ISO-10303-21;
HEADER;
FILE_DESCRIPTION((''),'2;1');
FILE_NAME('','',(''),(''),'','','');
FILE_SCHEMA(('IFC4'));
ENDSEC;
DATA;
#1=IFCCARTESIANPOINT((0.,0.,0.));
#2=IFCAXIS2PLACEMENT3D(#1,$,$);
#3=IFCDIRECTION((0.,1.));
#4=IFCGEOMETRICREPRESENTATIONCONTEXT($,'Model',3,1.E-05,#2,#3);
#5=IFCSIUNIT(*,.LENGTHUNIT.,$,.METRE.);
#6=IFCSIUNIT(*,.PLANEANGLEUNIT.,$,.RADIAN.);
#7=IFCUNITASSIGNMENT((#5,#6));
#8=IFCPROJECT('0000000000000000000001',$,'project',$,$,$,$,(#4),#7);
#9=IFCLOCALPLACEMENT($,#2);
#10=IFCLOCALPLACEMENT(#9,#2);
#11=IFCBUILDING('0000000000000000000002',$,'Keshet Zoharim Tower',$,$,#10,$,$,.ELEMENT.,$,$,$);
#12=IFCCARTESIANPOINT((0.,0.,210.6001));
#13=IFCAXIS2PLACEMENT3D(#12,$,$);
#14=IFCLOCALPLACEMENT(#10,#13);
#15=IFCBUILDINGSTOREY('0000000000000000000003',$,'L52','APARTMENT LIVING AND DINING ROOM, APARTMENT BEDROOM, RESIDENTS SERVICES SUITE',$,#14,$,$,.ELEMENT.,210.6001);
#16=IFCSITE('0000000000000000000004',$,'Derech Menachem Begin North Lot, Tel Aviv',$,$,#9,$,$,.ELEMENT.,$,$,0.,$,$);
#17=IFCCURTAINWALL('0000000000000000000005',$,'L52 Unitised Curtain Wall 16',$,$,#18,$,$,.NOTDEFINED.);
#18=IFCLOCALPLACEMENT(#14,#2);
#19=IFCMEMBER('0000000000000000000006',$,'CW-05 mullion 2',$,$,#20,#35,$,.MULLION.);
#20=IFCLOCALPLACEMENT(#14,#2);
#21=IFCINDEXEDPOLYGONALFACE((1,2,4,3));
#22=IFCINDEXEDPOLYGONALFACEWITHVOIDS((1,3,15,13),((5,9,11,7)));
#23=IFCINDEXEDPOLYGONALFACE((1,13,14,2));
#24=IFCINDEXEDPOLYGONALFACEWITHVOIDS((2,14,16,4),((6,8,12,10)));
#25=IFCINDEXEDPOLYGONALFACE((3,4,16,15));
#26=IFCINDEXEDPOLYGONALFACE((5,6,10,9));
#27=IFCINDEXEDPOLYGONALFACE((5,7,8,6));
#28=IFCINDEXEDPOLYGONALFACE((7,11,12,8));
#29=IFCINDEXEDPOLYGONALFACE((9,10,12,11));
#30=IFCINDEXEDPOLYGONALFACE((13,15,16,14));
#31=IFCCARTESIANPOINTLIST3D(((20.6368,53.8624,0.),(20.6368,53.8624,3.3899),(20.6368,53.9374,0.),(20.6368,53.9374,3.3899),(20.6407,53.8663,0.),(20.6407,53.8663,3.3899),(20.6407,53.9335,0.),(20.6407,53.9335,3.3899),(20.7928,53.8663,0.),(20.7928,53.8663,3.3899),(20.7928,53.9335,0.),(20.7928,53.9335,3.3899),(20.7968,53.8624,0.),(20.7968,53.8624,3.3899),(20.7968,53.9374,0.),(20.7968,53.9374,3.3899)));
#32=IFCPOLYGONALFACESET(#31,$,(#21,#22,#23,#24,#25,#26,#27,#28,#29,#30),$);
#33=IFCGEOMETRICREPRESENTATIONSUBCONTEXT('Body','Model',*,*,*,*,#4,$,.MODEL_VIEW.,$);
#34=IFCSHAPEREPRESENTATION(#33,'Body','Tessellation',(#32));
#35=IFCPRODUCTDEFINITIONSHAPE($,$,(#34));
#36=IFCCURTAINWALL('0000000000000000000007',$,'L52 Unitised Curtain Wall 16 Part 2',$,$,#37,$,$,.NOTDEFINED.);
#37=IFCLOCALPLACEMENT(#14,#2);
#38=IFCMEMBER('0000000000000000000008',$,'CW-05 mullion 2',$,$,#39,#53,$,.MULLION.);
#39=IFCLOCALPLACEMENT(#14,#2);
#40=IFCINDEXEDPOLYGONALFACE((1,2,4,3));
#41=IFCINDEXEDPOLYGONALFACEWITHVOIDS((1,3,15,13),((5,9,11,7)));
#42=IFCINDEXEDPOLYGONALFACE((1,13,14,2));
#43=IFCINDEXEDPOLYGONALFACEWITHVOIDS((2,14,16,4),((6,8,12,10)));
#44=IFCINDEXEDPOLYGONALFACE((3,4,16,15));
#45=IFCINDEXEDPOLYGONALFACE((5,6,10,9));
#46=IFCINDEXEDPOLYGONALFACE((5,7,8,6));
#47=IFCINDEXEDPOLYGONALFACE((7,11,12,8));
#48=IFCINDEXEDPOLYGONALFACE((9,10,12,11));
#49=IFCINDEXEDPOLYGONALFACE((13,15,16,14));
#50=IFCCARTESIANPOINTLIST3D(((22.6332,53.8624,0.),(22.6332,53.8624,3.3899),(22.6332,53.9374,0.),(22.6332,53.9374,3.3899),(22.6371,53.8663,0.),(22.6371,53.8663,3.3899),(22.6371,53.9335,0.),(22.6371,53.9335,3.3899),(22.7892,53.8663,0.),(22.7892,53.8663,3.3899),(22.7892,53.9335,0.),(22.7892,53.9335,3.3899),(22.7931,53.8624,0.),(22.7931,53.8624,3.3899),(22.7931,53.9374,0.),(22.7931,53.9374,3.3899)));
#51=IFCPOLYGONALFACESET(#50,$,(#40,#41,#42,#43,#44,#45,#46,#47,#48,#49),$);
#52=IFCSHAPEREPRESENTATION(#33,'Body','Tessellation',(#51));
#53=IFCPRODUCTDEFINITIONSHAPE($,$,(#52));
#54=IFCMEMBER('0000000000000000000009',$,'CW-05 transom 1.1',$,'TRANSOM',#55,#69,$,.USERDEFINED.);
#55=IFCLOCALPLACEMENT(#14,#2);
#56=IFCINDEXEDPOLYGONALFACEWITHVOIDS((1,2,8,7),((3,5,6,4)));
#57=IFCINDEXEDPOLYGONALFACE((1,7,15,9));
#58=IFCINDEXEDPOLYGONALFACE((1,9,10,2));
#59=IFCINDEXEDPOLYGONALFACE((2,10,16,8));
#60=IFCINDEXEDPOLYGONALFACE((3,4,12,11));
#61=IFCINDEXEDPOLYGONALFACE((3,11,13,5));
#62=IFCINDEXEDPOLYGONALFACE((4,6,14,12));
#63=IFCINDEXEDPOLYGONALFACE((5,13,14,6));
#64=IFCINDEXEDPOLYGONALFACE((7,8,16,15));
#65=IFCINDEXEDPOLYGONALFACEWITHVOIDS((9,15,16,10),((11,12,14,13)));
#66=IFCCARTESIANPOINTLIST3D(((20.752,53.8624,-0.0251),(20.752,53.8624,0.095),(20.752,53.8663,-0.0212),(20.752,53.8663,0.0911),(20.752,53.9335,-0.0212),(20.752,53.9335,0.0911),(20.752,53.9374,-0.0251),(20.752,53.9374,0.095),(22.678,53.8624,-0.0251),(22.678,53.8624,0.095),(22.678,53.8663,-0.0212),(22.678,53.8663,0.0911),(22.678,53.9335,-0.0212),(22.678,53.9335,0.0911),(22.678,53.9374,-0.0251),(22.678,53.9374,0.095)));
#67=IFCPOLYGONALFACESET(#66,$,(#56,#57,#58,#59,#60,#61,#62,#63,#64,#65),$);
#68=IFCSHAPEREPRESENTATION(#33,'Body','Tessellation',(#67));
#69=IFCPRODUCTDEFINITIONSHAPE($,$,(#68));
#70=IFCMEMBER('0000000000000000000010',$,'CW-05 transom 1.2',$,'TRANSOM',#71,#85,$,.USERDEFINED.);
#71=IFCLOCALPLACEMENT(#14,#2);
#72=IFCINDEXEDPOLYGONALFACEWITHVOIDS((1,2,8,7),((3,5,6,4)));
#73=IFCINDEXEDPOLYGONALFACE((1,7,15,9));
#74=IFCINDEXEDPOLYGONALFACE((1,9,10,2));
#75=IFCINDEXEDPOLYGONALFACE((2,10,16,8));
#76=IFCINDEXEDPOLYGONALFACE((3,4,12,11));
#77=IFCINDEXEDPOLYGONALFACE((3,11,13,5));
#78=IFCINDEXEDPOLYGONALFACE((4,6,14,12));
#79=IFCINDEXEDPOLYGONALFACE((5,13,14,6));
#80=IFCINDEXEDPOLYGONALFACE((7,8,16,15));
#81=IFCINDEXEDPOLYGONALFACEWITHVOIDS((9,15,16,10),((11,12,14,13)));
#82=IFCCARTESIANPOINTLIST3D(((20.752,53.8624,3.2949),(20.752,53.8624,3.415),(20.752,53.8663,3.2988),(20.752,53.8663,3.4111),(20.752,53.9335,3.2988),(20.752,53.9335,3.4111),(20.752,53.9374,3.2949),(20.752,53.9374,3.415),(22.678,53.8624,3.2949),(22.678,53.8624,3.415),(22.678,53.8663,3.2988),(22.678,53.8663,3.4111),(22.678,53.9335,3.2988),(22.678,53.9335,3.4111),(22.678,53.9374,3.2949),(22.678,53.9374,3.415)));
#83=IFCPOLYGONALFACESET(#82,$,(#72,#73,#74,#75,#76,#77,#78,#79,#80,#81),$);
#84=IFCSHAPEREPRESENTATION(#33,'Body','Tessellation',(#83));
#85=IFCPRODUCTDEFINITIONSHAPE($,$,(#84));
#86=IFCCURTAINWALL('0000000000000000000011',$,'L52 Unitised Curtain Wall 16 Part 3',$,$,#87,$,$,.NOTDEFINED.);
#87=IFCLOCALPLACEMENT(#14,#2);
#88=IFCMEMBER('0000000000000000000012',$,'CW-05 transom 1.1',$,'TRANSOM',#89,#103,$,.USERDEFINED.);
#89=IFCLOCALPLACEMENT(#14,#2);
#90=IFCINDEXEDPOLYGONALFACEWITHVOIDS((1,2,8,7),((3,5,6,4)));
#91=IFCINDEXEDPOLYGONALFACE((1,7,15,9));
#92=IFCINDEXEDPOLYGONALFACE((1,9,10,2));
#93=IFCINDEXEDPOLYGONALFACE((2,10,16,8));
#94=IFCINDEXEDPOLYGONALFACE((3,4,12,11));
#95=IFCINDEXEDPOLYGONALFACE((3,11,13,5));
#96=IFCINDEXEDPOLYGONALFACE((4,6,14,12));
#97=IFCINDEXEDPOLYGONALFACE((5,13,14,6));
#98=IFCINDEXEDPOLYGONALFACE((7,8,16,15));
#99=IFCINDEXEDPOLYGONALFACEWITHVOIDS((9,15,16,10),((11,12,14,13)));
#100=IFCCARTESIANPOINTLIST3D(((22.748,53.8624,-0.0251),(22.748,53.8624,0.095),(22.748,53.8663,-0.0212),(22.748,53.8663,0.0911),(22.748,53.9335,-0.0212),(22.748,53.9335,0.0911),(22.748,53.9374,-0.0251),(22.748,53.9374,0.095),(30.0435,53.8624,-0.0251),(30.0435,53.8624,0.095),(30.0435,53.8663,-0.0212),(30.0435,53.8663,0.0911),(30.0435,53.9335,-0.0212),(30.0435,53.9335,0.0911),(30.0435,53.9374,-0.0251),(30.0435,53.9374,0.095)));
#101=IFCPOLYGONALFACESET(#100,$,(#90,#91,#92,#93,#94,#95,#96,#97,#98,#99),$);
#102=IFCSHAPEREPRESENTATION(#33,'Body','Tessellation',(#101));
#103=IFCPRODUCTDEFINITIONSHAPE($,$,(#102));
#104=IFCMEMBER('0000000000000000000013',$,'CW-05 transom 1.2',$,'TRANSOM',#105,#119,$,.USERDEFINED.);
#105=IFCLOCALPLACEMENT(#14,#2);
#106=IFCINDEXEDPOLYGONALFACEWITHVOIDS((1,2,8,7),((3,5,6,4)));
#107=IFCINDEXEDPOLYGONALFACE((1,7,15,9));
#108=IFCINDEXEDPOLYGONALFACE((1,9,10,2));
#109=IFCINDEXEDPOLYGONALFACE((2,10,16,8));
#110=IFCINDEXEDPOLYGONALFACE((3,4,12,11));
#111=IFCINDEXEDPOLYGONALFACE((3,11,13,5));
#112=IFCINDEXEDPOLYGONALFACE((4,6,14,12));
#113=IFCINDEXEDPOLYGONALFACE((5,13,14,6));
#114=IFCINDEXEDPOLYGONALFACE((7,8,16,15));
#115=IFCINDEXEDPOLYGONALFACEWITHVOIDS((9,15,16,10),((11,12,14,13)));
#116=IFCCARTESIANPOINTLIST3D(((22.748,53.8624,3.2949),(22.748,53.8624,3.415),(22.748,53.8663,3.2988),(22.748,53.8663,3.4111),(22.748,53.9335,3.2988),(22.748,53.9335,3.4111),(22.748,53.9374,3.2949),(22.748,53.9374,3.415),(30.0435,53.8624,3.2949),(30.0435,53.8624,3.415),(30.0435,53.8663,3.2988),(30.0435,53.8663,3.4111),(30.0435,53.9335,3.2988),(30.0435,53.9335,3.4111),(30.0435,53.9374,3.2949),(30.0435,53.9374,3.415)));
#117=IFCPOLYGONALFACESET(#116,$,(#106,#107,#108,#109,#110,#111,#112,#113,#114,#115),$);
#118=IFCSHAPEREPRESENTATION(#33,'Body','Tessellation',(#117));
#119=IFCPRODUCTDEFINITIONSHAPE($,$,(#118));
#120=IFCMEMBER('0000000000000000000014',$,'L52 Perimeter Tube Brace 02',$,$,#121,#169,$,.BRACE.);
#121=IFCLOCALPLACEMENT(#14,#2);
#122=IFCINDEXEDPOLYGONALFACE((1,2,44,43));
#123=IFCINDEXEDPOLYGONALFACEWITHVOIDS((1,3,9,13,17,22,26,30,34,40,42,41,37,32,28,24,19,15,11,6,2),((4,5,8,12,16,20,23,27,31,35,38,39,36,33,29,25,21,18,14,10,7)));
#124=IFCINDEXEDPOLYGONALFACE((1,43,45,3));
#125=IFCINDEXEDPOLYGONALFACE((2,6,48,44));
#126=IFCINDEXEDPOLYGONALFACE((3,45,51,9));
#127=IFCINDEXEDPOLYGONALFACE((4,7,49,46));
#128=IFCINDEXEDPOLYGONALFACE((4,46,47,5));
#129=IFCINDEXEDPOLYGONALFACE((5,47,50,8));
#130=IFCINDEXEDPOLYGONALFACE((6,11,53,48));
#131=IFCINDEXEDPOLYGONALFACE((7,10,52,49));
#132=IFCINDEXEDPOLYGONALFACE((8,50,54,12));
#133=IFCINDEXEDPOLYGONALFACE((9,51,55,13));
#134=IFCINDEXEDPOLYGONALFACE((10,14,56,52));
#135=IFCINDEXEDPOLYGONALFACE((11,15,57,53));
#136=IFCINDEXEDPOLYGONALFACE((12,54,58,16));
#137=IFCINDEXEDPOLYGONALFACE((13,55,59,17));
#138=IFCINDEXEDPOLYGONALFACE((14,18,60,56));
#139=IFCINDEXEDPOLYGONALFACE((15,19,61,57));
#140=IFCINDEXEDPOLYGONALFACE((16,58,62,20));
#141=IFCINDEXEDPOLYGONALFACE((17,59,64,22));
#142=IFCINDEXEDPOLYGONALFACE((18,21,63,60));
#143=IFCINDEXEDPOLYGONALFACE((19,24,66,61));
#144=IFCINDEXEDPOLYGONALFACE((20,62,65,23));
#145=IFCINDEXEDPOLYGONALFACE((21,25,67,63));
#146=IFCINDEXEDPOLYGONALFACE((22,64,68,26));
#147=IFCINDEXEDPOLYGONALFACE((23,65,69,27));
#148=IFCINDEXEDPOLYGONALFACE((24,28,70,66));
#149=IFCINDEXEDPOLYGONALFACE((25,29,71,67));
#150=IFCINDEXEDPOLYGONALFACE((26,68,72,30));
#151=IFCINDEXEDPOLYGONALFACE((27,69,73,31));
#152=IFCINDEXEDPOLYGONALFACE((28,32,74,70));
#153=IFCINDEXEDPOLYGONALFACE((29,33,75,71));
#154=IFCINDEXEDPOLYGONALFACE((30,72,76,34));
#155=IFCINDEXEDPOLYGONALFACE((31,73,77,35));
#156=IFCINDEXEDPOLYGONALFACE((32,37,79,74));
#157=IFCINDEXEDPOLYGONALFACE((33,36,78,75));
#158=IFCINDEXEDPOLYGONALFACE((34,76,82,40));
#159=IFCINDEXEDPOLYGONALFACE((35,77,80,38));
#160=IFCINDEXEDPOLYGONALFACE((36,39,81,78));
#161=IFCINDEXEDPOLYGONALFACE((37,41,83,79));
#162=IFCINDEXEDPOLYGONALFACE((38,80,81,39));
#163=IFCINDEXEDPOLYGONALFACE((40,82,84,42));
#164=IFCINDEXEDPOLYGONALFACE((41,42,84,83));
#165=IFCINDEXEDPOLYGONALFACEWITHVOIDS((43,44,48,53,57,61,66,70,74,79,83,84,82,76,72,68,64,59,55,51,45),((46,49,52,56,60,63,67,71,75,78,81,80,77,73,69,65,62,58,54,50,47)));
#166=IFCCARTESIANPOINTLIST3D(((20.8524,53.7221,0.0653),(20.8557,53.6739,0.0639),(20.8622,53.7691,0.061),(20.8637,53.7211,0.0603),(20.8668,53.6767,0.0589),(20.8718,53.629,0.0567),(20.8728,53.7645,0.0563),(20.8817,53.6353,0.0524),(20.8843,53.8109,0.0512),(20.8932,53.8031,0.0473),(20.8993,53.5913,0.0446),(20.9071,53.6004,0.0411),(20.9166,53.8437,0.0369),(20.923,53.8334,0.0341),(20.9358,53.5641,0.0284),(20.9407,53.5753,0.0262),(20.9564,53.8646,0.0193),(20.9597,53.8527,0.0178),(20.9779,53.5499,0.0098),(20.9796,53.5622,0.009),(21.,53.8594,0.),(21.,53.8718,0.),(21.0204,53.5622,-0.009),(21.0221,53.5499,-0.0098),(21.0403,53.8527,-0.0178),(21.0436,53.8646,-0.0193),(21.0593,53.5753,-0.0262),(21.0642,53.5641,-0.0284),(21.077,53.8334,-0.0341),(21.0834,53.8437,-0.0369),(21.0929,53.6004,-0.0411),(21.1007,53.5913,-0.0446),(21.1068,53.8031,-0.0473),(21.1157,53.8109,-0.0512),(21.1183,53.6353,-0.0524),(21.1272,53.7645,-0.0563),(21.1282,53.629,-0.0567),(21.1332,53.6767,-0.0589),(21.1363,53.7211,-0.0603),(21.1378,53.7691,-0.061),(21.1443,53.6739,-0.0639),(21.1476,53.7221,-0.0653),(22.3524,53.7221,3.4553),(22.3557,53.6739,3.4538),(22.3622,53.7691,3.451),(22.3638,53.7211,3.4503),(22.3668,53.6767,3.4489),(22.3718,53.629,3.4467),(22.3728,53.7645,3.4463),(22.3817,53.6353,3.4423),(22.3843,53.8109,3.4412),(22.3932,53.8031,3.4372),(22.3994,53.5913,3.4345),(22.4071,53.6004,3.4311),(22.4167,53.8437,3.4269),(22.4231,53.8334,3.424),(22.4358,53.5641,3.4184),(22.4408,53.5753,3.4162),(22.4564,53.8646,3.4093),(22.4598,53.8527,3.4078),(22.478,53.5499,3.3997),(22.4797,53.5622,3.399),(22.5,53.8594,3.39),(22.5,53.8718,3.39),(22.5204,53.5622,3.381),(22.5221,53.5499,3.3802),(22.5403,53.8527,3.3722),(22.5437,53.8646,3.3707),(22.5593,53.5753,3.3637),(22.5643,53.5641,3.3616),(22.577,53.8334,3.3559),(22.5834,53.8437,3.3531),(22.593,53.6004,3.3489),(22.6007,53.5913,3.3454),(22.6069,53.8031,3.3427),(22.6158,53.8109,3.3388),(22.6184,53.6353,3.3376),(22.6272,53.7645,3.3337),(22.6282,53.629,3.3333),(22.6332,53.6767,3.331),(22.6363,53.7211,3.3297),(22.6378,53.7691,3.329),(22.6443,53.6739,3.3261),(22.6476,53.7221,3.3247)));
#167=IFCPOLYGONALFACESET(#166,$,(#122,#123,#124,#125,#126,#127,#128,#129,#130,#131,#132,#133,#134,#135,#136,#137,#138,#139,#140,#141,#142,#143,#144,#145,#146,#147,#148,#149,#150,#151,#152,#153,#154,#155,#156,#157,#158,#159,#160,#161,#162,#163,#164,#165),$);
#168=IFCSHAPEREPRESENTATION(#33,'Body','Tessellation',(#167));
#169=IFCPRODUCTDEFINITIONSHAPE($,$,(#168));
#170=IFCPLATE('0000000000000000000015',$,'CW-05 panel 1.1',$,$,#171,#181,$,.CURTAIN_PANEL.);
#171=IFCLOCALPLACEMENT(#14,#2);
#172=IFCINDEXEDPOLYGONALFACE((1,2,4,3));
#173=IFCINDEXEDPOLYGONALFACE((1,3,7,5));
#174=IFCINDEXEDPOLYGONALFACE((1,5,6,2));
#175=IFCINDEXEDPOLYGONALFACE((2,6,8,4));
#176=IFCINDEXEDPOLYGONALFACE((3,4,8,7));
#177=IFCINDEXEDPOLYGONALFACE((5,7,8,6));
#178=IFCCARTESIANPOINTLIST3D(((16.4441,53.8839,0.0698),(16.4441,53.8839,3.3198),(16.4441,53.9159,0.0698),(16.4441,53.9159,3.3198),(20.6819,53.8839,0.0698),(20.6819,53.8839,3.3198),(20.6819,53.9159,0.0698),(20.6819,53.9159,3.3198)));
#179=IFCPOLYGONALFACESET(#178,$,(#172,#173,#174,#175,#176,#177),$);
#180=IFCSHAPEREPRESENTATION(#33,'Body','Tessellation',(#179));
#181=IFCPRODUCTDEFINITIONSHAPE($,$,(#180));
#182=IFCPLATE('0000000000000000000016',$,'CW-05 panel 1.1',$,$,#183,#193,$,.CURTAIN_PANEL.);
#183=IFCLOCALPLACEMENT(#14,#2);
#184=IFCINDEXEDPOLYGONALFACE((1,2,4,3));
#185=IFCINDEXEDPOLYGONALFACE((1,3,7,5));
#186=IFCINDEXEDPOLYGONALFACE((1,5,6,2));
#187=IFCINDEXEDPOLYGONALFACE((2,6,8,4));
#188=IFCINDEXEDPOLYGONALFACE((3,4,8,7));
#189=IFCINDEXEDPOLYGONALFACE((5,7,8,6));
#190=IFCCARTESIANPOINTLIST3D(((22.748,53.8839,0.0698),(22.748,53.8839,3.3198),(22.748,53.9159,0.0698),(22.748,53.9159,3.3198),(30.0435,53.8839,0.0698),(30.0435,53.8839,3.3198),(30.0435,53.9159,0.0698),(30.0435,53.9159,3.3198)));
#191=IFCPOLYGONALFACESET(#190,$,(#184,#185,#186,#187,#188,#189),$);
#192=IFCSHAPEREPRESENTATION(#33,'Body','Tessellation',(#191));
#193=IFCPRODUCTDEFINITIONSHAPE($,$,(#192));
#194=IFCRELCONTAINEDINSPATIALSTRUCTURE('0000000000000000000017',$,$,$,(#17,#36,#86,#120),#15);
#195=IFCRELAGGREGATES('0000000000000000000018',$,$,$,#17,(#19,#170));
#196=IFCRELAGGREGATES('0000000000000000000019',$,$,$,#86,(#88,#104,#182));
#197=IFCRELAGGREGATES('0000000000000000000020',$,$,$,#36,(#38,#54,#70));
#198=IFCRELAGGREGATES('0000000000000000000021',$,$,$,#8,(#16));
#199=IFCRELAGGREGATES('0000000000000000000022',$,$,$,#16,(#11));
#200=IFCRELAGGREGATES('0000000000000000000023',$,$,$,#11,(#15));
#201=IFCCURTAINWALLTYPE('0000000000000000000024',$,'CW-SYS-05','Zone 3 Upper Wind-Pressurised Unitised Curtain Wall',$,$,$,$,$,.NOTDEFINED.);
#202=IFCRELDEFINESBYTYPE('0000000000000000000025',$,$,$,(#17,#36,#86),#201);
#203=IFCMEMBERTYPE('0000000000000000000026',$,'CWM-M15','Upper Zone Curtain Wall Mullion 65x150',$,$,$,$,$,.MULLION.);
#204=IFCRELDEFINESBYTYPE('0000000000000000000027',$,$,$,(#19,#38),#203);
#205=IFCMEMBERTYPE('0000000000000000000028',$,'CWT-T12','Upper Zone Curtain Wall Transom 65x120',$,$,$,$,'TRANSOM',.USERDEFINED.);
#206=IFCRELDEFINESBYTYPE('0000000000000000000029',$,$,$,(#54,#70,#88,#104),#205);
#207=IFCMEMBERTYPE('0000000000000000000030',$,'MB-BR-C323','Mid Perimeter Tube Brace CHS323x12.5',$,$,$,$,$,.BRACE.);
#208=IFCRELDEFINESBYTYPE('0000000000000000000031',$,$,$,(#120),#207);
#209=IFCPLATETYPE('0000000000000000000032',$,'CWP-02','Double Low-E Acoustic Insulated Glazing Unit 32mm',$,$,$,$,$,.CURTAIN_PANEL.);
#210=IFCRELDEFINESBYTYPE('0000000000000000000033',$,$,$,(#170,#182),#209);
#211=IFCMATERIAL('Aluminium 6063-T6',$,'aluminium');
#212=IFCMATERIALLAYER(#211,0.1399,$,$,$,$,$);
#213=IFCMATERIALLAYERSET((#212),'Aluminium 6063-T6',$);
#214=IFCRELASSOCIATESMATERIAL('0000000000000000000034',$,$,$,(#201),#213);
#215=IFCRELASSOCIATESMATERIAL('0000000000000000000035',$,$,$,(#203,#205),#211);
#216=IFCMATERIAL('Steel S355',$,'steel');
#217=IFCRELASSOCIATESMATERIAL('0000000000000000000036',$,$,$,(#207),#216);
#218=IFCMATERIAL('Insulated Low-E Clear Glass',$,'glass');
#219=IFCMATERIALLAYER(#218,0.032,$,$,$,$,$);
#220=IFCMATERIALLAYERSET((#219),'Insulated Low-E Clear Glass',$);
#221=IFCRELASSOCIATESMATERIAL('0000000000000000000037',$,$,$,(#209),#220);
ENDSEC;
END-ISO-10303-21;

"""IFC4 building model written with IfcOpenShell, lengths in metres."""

from ifc_helpers import new_model, si_unit, direction, frame, origin, origin_2d, place, context, subcontext, project, spatial, rectangle, hollow_rectangle, hollow_circle, extrude, material, layer, layer_set, material_profile, profile_set, type_object, element, aggregate, save


model = new_model("IFC4")

# Units and contexts
model_context = context("Model", 3, precision=1e-05, world=origin(), true_north=direction((0.0, 1.0)))
body_context = subcontext(model_context, "Body", "Model", "MODEL_VIEW")
ifc_project = project(units=[si_unit("LENGTHUNIT", "METRE"), si_unit("PLANEANGLEUNIT", "RADIAN")], contexts=[model_context])

# Site, building, storey
site_placement = place(None, origin())
site = spatial("IfcSite", under=ifc_project, at=site_placement, Name="Derech Menachem Begin North Lot, Tel Aviv", CompositionType="ELEMENT", RefElevation=0.0)
building_placement = place(site_placement, origin())
building = spatial("IfcBuilding", under=site, at=building_placement, Name="Keshet Zoharim Tower", CompositionType="ELEMENT")
storey_placement = place(building_placement, frame((0.0, 0.0, 210.6001)))
storey = spatial("IfcBuildingStorey", under=building, at=storey_placement, Name="L52", Description="APARTMENT LIVING AND DINING ROOM, APARTMENT BEDROOM, RESIDENTS SERVICES SUITE", CompositionType="ELEMENT", Elevation=210.6001)

# Shared definitions
ifc_material_1 = material(Name="Steel S355", Category="steel")

# Curtain wall, member
ifc_material_2 = material(Name="Aluminium 6063-T6", Category="aluminium")
ifc_layer_1 = layer(ifc_material_2, 0.1399)
ifc_layer_set_1 = layer_set([ifc_layer_1], Name="Aluminium 6063-T6")
curtain_wall_type = type_object("IfcCurtainWallType", Name="CW-SYS-05", Description="Zone 3 Upper Wind-Pressurised Unitised Curtain Wall", PredefinedType="NOTDEFINED", material=ifc_layer_set_1)
curtain_wall_1_placement = place(storey_placement, origin())
curtain_wall_1 = element("IfcCurtainWall", 1, at=curtain_wall_1_placement, inside=storey, type_object=curtain_wall_type, Name="L52 Unitised Curtain Wall 16", PredefinedType="NOTDEFINED")
ifc_material_profile_1 = material_profile(ifc_material_2, hollow_rectangle(XDim=0.075, YDim=0.1599, WallThickness=0.0039, at=origin_2d()), Name="MUL-75x160")
ifc_profile_set_1 = profile_set([ifc_material_profile_1], Name="Aluminium 6063-T6")
member_type_1 = type_object("IfcMemberType", Name="CWM-M15", Description="Upper Zone Curtain Wall Mullion 65x150", PredefinedType="MULLION", material=ifc_profile_set_1)
member_1_placement = place(storey_placement, frame((20.7168, 53.8999, 0.0), z_axis=(0.0, 0.0, 1.0), x_axis=(0.0, 1.0, 0.0)))
member_1 = element("IfcMember", 2, at=member_1_placement, type_object=member_type_1, Name="CW-05 mullion 2", PredefinedType="MULLION", context=body_context, shape_type="SweptSolid", body=[
    extrude(hollow_rectangle(XDim=0.075, YDim=0.1599, WallThickness=0.0039, at=origin_2d()), origin(), (0.0, 0.0, 1.0), 3.3899),
])

# Curtain walls, members
curtain_wall_2_placement = place(storey_placement, origin())
curtain_wall_2 = element("IfcCurtainWall", 3, at=curtain_wall_2_placement, inside=storey, type_object=curtain_wall_type, Name="L52 Unitised Curtain Wall 16 Part 2", PredefinedType="NOTDEFINED")
member_2_placement = place(storey_placement, frame((22.7131, 53.8999, 0.0), z_axis=(0.0, 0.0, 1.0), x_axis=(0.0, 1.0, 0.0)))
member_2 = element("IfcMember", 4, at=member_2_placement, type_object=member_type_1, Name="CW-05 mullion 2", PredefinedType="MULLION", context=body_context, shape_type="SweptSolid", body=[
    extrude(hollow_rectangle(XDim=0.075, YDim=0.1599, WallThickness=0.0039, at=origin_2d()), origin(), (0.0, 0.0, 1.0), 3.3899),
])
ifc_material_profile_2 = material_profile(ifc_material_2, hollow_rectangle(XDim=0.075, YDim=0.1201, WallThickness=0.0039, at=origin_2d()), Name="TRN-75x120")
ifc_profile_set_2 = profile_set([ifc_material_profile_2], Name="Aluminium 6063-T6")
member_type_2 = type_object("IfcMemberType", Name="CWT-T12", Description="Upper Zone Curtain Wall Transom 65x120", ElementType="TRANSOM", PredefinedType="USERDEFINED", material=ifc_profile_set_2)
member_3_placement = place(storey_placement, frame((20.752, 53.8999, 0.0349), z_axis=(1.0, 0.0, 0.0), x_axis=(0.0, 1.0, 0.0)))
member_3 = element("IfcMember", 5, at=member_3_placement, type_object=member_type_2, Name="CW-05 transom 1.1", ObjectType="TRANSOM", PredefinedType="USERDEFINED", context=body_context, shape_type="SweptSolid", body=[
    extrude(hollow_rectangle(XDim=0.075, YDim=0.1201, WallThickness=0.0039, at=origin_2d()), origin(), (0.0, 0.0, 1.0), 1.926),
])
member_4_placement = place(storey_placement, frame((20.752, 53.8999, 3.355), z_axis=(1.0, 0.0, 0.0), x_axis=(0.0, 1.0, 0.0)))
member_4 = element("IfcMember", 6, at=member_4_placement, type_object=member_type_2, Name="CW-05 transom 1.2", ObjectType="TRANSOM", PredefinedType="USERDEFINED", context=body_context, shape_type="SweptSolid", body=[
    extrude(hollow_rectangle(XDim=0.075, YDim=0.1201, WallThickness=0.0039, at=origin_2d()), origin(), (0.0, 0.0, 1.0), 1.926),
])
curtain_wall_3_placement = place(storey_placement, origin())
curtain_wall_3 = element("IfcCurtainWall", 7, at=curtain_wall_3_placement, inside=storey, type_object=curtain_wall_type, Name="L52 Unitised Curtain Wall 16 Part 3", PredefinedType="NOTDEFINED")
member_5_placement = place(storey_placement, frame((22.748, 53.8999, 0.0349), z_axis=(1.0, 0.0, 0.0), x_axis=(0.0, 1.0, 0.0)))
member_5 = element("IfcMember", 8, at=member_5_placement, type_object=member_type_2, Name="CW-05 transom 1.1", ObjectType="TRANSOM", PredefinedType="USERDEFINED", context=body_context, shape_type="SweptSolid", body=[
    extrude(hollow_rectangle(XDim=0.075, YDim=0.1201, WallThickness=0.0039, at=origin_2d()), origin(), (0.0, 0.0, 1.0), 7.2954),
])
member_6_placement = place(storey_placement, frame((22.748, 53.8999, 3.355), z_axis=(1.0, 0.0, 0.0), x_axis=(0.0, 1.0, 0.0)))
member_6 = element("IfcMember", 9, at=member_6_placement, type_object=member_type_2, Name="CW-05 transom 1.2", ObjectType="TRANSOM", PredefinedType="USERDEFINED", context=body_context, shape_type="SweptSolid", body=[
    extrude(hollow_rectangle(XDim=0.075, YDim=0.1201, WallThickness=0.0039, at=origin_2d()), origin(), (0.0, 0.0, 1.0), 7.2954),
])

# Member
ifc_material_profile_3 = material_profile(ifc_material_1, hollow_circle(Radius=0.1619, WallThickness=0.0125, at=origin_2d()), Name="CHS323x12.5")
ifc_profile_set_3 = profile_set([ifc_material_profile_3], Name="Steel S355")
member_type_3 = type_object("IfcMemberType", Name="MB-BR-C323", Description="Mid Perimeter Tube Brace CHS323x12.5", PredefinedType="BRACE", material=ifc_profile_set_3)
member_7_placement = place(storey_placement, frame((21.0, 53.71, 0.0), z_axis=(0.404647, 0.0, 0.914473), x_axis=(0.0, 1.0, 0.0)))
element("IfcMember", 10, at=member_7_placement, inside=storey, type_object=member_type_3, Name="L52 Perimeter Tube Brace 02", PredefinedType="BRACE", context=body_context, shape_type="SweptSolid", body=[
    extrude(hollow_circle(Radius=0.1619, WallThickness=0.0125, at=origin_2d()), origin(), (0.0, 0.0, 1.0), 3.707),
])

# Plates
ifc_material_3 = material(Name="Insulated Low-E Clear Glass", Category="glass")
ifc_layer_2 = layer(ifc_material_3, 0.032)
ifc_layer_set_2 = layer_set([ifc_layer_2], Name="Insulated Low-E Clear Glass")
plate_type_1 = type_object("IfcPlateType", Name="CWP-02", Description="Double Low-E Acoustic Insulated Glazing Unit 32mm", PredefinedType="CURTAIN_PANEL", material=ifc_layer_set_2)
plate_1_placement = place(storey_placement, frame((18.563, 53.8999, 0.0698), z_axis=(0.0, 0.0, 1.0), x_axis=(1.0, 0.0, 0.0)))
plate_1 = element("IfcPlate", 11, at=plate_1_placement, type_object=plate_type_1, Name="CW-05 panel 1.1", PredefinedType="CURTAIN_PANEL", context=body_context, shape_type="SweptSolid", body=[
    extrude(rectangle(XDim=4.2378, YDim=0.032, at=origin_2d()), origin(), (0.0, 0.0, 1.0), 3.25),
])
aggregate(curtain_wall_1, [member_1, plate_1])
plate_2_placement = place(storey_placement, frame((26.3958, 53.8999, 0.0698), z_axis=(0.0, 0.0, 1.0), x_axis=(1.0, 0.0, 0.0)))
plate_2 = element("IfcPlate", 12, at=plate_2_placement, type_object=plate_type_1, Name="CW-05 panel 1.1", PredefinedType="CURTAIN_PANEL", context=body_context, shape_type="SweptSolid", body=[
    extrude(rectangle(XDim=7.2954, YDim=0.032, at=origin_2d()), origin(), (0.0, 0.0, 1.0), 3.25),
])
aggregate(curtain_wall_3, [member_5, member_6, plate_2])
aggregate(curtain_wall_2, [member_2, member_3, member_4])

save(model, "model.ifc")
